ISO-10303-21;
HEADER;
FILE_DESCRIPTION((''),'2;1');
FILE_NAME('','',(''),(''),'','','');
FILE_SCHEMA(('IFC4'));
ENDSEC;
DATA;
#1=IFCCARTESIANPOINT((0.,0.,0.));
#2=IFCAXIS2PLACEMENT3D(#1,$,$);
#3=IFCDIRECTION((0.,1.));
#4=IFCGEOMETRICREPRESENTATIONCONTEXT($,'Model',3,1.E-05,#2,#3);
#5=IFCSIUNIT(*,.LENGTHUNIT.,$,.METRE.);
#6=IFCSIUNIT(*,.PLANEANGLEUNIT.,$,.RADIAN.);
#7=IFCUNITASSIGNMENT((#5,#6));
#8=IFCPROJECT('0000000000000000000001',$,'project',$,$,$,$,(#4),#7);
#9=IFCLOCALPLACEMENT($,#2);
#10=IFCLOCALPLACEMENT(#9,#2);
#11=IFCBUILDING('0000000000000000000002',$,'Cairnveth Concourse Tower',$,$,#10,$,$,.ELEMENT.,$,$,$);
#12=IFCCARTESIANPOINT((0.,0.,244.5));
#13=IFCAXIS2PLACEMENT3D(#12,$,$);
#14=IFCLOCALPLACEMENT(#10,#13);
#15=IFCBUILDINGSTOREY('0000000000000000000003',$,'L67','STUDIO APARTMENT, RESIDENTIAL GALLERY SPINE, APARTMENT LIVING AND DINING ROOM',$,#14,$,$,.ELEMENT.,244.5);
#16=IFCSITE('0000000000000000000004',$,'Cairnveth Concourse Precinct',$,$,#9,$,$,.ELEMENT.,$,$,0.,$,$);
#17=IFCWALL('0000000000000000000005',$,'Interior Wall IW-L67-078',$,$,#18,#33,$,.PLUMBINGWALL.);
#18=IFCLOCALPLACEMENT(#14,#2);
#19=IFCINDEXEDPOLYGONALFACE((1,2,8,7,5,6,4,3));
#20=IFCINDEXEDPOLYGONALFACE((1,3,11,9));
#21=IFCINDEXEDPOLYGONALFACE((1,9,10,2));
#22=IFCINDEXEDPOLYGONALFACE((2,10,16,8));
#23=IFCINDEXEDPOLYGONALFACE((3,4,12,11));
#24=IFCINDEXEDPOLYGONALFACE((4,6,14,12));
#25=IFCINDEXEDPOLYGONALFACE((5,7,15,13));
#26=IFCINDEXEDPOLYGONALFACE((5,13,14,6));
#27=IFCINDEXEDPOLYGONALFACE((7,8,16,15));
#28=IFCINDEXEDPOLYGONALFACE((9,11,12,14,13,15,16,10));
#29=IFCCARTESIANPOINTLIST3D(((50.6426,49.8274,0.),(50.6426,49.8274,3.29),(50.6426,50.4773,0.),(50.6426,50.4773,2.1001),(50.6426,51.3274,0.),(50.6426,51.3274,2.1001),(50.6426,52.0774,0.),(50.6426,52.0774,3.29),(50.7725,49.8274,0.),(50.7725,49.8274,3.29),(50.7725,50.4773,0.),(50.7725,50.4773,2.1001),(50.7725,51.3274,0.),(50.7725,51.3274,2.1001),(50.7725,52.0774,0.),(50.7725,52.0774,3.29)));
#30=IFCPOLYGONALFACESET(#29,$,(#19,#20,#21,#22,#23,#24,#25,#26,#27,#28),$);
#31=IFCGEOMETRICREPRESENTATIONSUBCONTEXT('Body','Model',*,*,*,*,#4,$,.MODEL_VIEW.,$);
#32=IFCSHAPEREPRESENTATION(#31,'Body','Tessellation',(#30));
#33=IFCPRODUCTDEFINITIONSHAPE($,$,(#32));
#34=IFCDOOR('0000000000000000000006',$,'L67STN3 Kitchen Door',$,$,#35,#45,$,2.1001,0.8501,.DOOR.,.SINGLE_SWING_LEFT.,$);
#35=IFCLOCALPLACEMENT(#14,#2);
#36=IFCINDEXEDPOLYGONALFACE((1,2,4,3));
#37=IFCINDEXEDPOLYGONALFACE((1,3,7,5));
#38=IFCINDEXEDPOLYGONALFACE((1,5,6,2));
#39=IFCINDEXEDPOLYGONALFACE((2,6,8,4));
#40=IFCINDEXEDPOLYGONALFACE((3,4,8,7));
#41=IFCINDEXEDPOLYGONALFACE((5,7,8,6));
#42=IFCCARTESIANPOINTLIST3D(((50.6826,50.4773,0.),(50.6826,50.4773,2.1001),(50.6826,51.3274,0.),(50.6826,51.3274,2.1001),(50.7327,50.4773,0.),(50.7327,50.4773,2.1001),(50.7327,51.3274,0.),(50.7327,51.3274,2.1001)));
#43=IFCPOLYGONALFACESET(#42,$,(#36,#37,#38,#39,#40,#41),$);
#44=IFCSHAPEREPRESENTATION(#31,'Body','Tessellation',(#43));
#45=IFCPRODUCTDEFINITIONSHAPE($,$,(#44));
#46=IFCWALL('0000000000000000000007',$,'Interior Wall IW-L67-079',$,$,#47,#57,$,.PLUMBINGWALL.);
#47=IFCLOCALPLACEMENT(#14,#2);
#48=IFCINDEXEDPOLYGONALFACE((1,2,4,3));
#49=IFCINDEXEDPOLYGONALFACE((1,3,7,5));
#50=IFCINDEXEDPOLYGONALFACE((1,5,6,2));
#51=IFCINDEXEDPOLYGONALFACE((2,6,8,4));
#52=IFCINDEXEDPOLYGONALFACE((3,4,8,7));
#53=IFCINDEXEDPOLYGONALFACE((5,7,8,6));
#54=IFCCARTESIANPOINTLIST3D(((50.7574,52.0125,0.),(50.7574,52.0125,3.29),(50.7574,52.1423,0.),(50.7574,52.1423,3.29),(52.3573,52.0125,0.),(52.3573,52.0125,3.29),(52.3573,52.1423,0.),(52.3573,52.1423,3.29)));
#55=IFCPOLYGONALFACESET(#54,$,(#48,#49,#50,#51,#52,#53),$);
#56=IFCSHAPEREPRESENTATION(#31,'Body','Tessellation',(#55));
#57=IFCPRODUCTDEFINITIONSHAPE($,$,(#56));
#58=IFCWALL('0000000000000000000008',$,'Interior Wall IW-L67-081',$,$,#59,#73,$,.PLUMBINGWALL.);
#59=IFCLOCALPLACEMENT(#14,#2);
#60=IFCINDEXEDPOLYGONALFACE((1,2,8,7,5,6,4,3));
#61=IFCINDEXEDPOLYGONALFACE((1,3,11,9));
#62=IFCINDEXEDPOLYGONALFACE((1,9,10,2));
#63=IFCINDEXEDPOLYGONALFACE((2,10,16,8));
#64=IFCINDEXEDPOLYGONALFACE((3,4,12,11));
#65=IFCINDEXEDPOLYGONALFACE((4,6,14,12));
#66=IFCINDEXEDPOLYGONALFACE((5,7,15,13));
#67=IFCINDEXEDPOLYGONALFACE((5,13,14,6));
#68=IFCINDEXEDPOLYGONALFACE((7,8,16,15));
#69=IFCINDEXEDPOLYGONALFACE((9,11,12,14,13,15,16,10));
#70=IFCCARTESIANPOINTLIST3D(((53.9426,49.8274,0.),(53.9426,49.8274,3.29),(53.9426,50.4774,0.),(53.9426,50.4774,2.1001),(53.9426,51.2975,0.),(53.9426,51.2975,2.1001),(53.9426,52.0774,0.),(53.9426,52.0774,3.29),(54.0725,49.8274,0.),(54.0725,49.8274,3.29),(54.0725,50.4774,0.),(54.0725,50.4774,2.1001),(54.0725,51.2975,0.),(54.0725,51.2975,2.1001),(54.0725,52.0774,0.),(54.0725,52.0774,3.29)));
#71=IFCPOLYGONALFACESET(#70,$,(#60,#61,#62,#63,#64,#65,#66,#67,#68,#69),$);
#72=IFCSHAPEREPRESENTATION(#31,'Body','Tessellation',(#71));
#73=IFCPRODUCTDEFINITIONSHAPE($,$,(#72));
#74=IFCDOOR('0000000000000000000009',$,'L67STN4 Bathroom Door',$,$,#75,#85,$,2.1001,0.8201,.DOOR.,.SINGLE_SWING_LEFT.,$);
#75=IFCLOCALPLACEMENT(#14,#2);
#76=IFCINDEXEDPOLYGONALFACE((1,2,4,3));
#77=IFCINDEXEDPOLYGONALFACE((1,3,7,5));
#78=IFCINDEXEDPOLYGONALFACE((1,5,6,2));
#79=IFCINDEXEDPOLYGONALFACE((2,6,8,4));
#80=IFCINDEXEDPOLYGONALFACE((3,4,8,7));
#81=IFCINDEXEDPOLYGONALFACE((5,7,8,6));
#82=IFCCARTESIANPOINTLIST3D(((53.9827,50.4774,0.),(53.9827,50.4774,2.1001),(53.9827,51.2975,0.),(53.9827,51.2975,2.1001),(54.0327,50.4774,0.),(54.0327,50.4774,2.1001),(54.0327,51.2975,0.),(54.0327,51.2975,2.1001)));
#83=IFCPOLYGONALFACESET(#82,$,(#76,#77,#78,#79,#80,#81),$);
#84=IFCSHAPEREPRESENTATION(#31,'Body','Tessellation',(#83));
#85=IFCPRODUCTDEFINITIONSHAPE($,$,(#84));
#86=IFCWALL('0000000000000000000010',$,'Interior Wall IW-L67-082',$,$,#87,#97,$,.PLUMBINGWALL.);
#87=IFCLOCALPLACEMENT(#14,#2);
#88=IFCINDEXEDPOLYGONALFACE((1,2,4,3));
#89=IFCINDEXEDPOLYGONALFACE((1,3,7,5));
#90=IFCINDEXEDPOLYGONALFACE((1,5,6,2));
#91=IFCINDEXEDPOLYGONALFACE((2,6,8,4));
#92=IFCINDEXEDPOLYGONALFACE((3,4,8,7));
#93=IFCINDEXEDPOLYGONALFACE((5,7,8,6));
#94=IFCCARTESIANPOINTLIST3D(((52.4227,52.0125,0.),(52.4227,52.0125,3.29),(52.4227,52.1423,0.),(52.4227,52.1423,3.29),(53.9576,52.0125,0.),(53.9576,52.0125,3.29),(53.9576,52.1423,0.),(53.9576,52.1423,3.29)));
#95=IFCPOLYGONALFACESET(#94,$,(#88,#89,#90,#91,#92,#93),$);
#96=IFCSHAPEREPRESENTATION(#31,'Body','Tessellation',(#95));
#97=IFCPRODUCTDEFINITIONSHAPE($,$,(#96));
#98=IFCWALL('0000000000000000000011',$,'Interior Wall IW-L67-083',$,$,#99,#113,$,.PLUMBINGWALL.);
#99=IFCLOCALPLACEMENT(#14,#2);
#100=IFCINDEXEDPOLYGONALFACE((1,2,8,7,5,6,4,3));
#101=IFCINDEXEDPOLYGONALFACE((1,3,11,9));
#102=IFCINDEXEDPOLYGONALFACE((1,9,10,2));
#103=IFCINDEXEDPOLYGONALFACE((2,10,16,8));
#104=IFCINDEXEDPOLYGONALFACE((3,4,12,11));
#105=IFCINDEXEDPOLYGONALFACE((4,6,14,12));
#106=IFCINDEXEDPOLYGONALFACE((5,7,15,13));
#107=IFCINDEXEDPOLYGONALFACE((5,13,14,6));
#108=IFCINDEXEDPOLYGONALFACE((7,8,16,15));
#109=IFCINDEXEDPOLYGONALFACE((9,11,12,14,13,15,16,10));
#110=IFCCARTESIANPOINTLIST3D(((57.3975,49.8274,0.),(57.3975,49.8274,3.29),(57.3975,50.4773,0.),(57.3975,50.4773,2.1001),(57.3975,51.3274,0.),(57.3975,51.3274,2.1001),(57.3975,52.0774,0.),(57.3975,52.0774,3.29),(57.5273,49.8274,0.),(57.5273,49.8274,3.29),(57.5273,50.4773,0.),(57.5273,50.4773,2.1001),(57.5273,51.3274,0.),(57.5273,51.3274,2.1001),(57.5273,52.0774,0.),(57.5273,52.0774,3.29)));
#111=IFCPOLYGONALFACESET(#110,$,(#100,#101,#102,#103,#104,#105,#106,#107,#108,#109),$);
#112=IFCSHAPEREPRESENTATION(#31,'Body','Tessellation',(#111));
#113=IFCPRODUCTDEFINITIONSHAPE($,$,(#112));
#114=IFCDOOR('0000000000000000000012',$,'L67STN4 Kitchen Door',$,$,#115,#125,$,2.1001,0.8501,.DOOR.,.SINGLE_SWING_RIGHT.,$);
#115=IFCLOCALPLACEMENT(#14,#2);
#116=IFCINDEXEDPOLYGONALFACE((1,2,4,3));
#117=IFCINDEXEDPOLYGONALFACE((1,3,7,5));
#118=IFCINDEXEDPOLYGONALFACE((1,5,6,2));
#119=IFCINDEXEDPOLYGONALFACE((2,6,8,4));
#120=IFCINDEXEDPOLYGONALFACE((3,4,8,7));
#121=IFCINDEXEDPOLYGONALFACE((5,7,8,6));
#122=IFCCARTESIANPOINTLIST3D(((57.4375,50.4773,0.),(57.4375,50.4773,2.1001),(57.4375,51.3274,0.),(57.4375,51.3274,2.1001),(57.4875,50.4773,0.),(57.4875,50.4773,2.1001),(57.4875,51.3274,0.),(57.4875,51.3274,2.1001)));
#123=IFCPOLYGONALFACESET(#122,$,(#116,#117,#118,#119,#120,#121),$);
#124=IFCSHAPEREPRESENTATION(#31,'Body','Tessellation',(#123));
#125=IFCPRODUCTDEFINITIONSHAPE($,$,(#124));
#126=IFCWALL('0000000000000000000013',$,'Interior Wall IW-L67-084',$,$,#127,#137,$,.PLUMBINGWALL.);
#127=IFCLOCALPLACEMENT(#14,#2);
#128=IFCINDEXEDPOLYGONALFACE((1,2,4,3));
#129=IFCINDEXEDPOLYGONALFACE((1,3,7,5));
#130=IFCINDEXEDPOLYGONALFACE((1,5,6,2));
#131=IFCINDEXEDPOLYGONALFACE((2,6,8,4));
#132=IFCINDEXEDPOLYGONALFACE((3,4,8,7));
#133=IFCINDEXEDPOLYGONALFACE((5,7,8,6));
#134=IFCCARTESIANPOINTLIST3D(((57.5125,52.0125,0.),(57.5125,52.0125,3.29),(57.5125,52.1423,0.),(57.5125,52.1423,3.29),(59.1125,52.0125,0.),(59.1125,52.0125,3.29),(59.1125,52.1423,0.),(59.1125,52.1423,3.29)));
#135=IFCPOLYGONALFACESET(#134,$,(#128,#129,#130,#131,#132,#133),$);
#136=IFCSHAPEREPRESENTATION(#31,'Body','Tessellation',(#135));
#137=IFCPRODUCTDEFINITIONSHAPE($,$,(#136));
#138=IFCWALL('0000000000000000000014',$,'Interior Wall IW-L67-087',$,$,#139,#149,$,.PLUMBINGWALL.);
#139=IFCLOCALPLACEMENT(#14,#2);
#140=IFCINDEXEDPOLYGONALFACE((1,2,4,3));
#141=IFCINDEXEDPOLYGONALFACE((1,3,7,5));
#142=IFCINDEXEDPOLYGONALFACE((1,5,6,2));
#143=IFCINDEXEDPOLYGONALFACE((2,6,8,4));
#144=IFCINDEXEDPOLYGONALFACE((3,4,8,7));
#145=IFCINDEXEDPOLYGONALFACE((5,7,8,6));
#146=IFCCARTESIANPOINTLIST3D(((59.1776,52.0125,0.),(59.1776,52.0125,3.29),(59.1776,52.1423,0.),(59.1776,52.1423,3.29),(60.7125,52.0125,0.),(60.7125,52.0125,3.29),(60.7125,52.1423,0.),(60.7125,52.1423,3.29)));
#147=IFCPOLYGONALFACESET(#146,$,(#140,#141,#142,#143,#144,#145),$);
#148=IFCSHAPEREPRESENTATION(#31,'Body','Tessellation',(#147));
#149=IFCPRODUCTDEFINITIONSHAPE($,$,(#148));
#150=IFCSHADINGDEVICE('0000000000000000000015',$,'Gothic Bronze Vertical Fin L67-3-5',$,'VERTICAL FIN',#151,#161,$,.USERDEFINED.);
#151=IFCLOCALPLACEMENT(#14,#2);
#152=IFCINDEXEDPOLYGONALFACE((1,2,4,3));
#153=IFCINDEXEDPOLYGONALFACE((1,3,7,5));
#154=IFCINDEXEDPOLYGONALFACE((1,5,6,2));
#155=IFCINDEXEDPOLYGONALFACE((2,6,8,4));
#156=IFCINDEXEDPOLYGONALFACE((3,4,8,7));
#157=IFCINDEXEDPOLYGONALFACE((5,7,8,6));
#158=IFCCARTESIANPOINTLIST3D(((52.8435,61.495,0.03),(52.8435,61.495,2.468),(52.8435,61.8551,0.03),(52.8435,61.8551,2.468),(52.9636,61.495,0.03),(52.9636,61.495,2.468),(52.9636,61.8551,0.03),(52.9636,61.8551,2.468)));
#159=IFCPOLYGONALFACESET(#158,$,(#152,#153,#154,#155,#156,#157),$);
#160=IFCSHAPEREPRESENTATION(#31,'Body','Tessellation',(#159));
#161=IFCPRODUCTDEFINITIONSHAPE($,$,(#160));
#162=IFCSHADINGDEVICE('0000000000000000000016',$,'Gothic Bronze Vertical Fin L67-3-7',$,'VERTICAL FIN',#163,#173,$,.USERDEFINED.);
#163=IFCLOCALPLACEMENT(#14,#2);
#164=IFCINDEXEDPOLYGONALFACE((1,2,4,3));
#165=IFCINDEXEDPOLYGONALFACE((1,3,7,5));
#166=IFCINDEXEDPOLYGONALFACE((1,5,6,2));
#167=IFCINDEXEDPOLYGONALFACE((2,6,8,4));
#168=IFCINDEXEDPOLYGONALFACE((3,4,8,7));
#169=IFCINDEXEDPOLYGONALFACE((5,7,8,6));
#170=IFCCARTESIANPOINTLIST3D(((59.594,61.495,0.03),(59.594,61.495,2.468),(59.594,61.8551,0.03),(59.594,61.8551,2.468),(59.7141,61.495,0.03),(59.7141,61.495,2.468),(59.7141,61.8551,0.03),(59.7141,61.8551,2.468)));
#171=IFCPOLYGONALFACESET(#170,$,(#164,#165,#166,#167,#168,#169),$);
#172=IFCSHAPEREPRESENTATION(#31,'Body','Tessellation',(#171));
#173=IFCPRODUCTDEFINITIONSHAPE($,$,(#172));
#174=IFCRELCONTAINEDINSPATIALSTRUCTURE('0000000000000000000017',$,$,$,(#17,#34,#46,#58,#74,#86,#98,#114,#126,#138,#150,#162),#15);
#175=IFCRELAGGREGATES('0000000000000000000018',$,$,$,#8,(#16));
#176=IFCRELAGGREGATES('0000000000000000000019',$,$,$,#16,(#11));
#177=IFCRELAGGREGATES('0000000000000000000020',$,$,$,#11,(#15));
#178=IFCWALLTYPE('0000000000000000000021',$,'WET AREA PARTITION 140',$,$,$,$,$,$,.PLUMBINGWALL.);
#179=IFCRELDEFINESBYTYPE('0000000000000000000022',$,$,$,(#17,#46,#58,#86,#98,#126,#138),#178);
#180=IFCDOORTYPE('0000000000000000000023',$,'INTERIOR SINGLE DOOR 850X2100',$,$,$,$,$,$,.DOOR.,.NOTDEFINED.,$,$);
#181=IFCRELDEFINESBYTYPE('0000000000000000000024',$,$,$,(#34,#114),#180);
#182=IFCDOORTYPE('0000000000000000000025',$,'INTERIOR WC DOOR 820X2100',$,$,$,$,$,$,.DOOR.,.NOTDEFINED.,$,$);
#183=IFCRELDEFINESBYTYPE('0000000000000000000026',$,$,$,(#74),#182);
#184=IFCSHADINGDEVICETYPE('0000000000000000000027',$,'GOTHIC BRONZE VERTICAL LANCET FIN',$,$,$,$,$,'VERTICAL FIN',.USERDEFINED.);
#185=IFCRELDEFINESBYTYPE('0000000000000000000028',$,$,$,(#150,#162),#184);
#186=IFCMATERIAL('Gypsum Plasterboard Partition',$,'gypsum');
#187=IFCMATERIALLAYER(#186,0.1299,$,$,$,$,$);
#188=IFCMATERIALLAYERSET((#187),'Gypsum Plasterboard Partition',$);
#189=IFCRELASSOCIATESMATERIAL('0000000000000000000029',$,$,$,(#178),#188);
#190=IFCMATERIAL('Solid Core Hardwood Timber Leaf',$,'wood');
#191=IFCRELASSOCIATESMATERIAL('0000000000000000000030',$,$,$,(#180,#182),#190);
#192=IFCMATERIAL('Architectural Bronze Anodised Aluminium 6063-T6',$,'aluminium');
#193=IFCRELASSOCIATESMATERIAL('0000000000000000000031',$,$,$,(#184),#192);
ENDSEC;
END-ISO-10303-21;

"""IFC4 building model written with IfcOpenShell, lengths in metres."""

from ifc_helpers import new_model, si_unit, direction, frame, frame_2d, origin, origin_2d, place, context, subcontext, project, spatial, rectangle, extrude, material, layer, layer_set, type_object, element, fill, save


model = new_model("IFC4")

# Units and contexts
model_context = context("Model", 3, precision=1e-05, world=origin(), true_north=direction((0.0, 1.0)))
body_context = subcontext(model_context, "Body", "Model", "MODEL_VIEW")
ifc_project = project(units=[si_unit("LENGTHUNIT", "METRE"), si_unit("PLANEANGLEUNIT", "RADIAN")], contexts=[model_context])

# Site, building, storey
site_placement = place(None, origin())
site = spatial("IfcSite", under=ifc_project, at=site_placement, Name="Cairnveth Concourse Precinct", CompositionType="ELEMENT", RefElevation=0.0)
building_placement = place(site_placement, origin())
building = spatial("IfcBuilding", under=site, at=building_placement, Name="Cairnveth Concourse Tower", CompositionType="ELEMENT")
storey_placement = place(building_placement, frame((0.0, 0.0, 244.5)))
storey = spatial("IfcBuildingStorey", under=building, at=storey_placement, Name="L67", Description="STUDIO APARTMENT, RESIDENTIAL GALLERY SPINE, APARTMENT LIVING AND DINING ROOM", CompositionType="ELEMENT", Elevation=244.5)

# Shared definitions
ifc_material_1 = material(Name="Gypsum Plasterboard Partition", Category="gypsum")

# Wall, opening, door
ifc_layer_1 = layer(ifc_material_1, 0.1299)
ifc_layer_set_1 = layer_set([ifc_layer_1], Name="Gypsum Plasterboard Partition")
wall_type_1 = type_object("IfcWallType", Name="WET AREA PARTITION 140", PredefinedType="PLUMBINGWALL", material=ifc_layer_set_1)
wall_1_placement = place(storey_placement, frame((50.7075, 49.8274, 0.0), z_axis=(0.0, 0.0, 1.0), x_axis=(0.0, 1.0, 0.0)))
wall_1 = element("IfcWall", 1, at=wall_1_placement, inside=storey, type_object=wall_type_1, Name="Interior Wall IW-L67-078", PredefinedType="PLUMBINGWALL", context=body_context, shape_type="SweptSolid", body=[
    extrude(rectangle(XDim=2.25, YDim=0.1299, at=frame_2d((1.125, 0.0))), origin(), (0.0, 0.0, 1.0), 3.29),
])
opening_1_placement = place(wall_1_placement, frame((0.6499, 0.0, 0.0)))
opening_1 = element("IfcOpeningElement", 2, at=opening_1_placement, cuts=wall_1, PredefinedType="OPENING", context=body_context, shape_type="SweptSolid", body=[
    extrude(rectangle(XDim=0.8501, YDim=2.1001, at=frame_2d((0.425, 1.05))), frame((0.0, 0.075, 0.0), z_axis=(0.0, -1.0, 0.0), x_axis=(1.0, 0.0, 0.0)), (0.0, 0.0, 1.0), 0.1499),
])
ifc_material_2 = material(Name="Solid Core Hardwood Timber Leaf", Category="wood")
door_type_1 = type_object("IfcDoorType", Name="INTERIOR SINGLE DOOR 850X2100", OperationType="NOTDEFINED", PredefinedType="DOOR", material=ifc_material_2)
door_1_placement = place(opening_1_placement, origin())
door_1 = element("IfcDoor", 3, at=door_1_placement, inside=storey, type_object=door_type_1, Name="L67STN3 Kitchen Door", OperationType="SINGLE_SWING_LEFT", OverallHeight=2.1001, OverallWidth=0.8501, PredefinedType="DOOR", context=body_context, shape_type="SweptSolid", body=[
    extrude(rectangle(XDim=0.8501, YDim=2.1001, at=frame_2d((0.425, 1.05))), frame((0.0, 0.0249, 0.0), z_axis=(0.0, -1.0, 0.0), x_axis=(1.0, 0.0, 0.0)), (0.0, 0.0, 1.0), 0.05),
])
fill(opening_1, door_1)

# Wall
wall_2_placement = place(storey_placement, frame((50.7576, 52.0774, 0.0), z_axis=(0.0, 0.0, 1.0), x_axis=(1.0, 0.0, 0.0)))
element("IfcWall", 4, at=wall_2_placement, inside=storey, type_object=wall_type_1, Name="Interior Wall IW-L67-079", PredefinedType="PLUMBINGWALL", context=body_context, shape_type="SweptSolid", body=[
    extrude(rectangle(XDim=1.5999, YDim=0.1299, at=frame_2d((0.7998, 0.0))), origin(), (0.0, 0.0, 1.0), 3.29),
])

# Wall, opening, door
wall_3_placement = place(storey_placement, frame((54.0076, 49.8274, 0.0), z_axis=(0.0, 0.0, 1.0), x_axis=(0.0, 1.0, 0.0)))
wall_3 = element("IfcWall", 5, at=wall_3_placement, inside=storey, type_object=wall_type_1, Name="Interior Wall IW-L67-081", PredefinedType="PLUMBINGWALL", context=body_context, shape_type="SweptSolid", body=[
    extrude(rectangle(XDim=2.25, YDim=0.1299, at=frame_2d((1.125, 0.0))), origin(), (0.0, 0.0, 1.0), 3.29),
])
opening_2_placement = place(wall_3_placement, frame((0.6499, 0.0, 0.0)))
opening_2 = element("IfcOpeningElement", 6, at=opening_2_placement, cuts=wall_3, PredefinedType="OPENING", context=body_context, shape_type="SweptSolid", body=[
    extrude(rectangle(XDim=0.8201, YDim=2.1001, at=frame_2d((0.4102, 1.05))), frame((0.0, 0.075, 0.0), z_axis=(0.0, -1.0, 0.0), x_axis=(1.0, 0.0, 0.0)), (0.0, 0.0, 1.0), 0.1499),
])
door_type_2 = type_object("IfcDoorType", Name="INTERIOR WC DOOR 820X2100", OperationType="NOTDEFINED", PredefinedType="DOOR", material=ifc_material_2)
door_2_placement = place(opening_2_placement, origin())
door_2 = element("IfcDoor", 7, at=door_2_placement, inside=storey, type_object=door_type_2, Name="L67STN4 Bathroom Door", OperationType="SINGLE_SWING_LEFT", OverallHeight=2.1001, OverallWidth=0.8201, PredefinedType="DOOR", context=body_context, shape_type="SweptSolid", body=[
    extrude(rectangle(XDim=0.8201, YDim=2.1001, at=frame_2d((0.4102, 1.05))), frame((0.0, 0.0249, 0.0), z_axis=(0.0, -1.0, 0.0), x_axis=(1.0, 0.0, 0.0)), (0.0, 0.0, 1.0), 0.05),
])
fill(opening_2, door_2)

# Wall
wall_4_placement = place(storey_placement, frame((52.4226, 52.0774, 0.0), z_axis=(0.0, 0.0, 1.0), x_axis=(1.0, 0.0, 0.0)))
element("IfcWall", 8, at=wall_4_placement, inside=storey, type_object=wall_type_1, Name="Interior Wall IW-L67-082", PredefinedType="PLUMBINGWALL", context=body_context, shape_type="SweptSolid", body=[
    extrude(rectangle(XDim=1.5349, YDim=0.1299, at=frame_2d((0.7676, 0.0))), origin(), (0.0, 0.0, 1.0), 3.29),
])

# Wall, opening, door
wall_5_placement = place(storey_placement, frame((57.4624, 49.8274, 0.0), z_axis=(0.0, 0.0, 1.0), x_axis=(0.0, 1.0, 0.0)))
wall_5 = element("IfcWall", 9, at=wall_5_placement, inside=storey, type_object=wall_type_1, Name="Interior Wall IW-L67-083", PredefinedType="PLUMBINGWALL", context=body_context, shape_type="SweptSolid", body=[
    extrude(rectangle(XDim=2.25, YDim=0.1299, at=frame_2d((1.125, 0.0))), origin(), (0.0, 0.0, 1.0), 3.29),
])
opening_3_placement = place(wall_5_placement, frame((0.6499, 0.0, 0.0)))
opening_3 = element("IfcOpeningElement", 10, at=opening_3_placement, cuts=wall_5, PredefinedType="OPENING", context=body_context, shape_type="SweptSolid", body=[
    extrude(rectangle(XDim=0.8501, YDim=2.1001, at=frame_2d((0.425, 1.05))), frame((0.0, 0.075, 0.0), z_axis=(0.0, -1.0, 0.0), x_axis=(1.0, 0.0, 0.0)), (0.0, 0.0, 1.0), 0.1499),
])
door_3_placement = place(opening_3_placement, origin())
door_3 = element("IfcDoor", 11, at=door_3_placement, inside=storey, type_object=door_type_1, Name="L67STN4 Kitchen Door", OperationType="SINGLE_SWING_RIGHT", OverallHeight=2.1001, OverallWidth=0.8501, PredefinedType="DOOR", context=body_context, shape_type="SweptSolid", body=[
    extrude(rectangle(XDim=0.8501, YDim=2.1001, at=frame_2d((0.425, 1.05))), frame((0.0, 0.0249, 0.0), z_axis=(0.0, -1.0, 0.0), x_axis=(1.0, 0.0, 0.0)), (0.0, 0.0, 1.0), 0.05),
])
fill(opening_3, door_3)

# Walls
wall_6_placement = place(storey_placement, frame((57.5125, 52.0774, 0.0), z_axis=(0.0, 0.0, 1.0), x_axis=(1.0, 0.0, 0.0)))
element("IfcWall", 12, at=wall_6_placement, inside=storey, type_object=wall_type_1, Name="Interior Wall IW-L67-084", PredefinedType="PLUMBINGWALL", context=body_context, shape_type="SweptSolid", body=[
    extrude(rectangle(XDim=1.6001, YDim=0.1299, at=frame_2d((0.8, 0.0))), origin(), (0.0, 0.0, 1.0), 3.29),
])
wall_7_placement = place(storey_placement, frame((59.1775, 52.0774, 0.0), z_axis=(0.0, 0.0, 1.0), x_axis=(1.0, 0.0, 0.0)))
element("IfcWall", 13, at=wall_7_placement, inside=storey, type_object=wall_type_1, Name="Interior Wall IW-L67-087", PredefinedType="PLUMBINGWALL", context=body_context, shape_type="SweptSolid", body=[
    extrude(rectangle(XDim=1.5349, YDim=0.1299, at=frame_2d((0.7676, 0.0))), origin(), (0.0, 0.0, 1.0), 3.29),
])

# Shading devices
ifc_material_3 = material(Name="Architectural Bronze Anodised Aluminium 6063-T6", Category="aluminium")
shading_device_type = type_object("IfcShadingDeviceType", Name="GOTHIC BRONZE VERTICAL LANCET FIN", ElementType="VERTICAL FIN", PredefinedType="USERDEFINED", material=ifc_material_3)
for number, where, z_axis, x_axis, name in (
    (14, (52.9036, 61.675, 0.03), (0.0, 0.0, 1.0), (1.0, 0.0, 0.0), "Gothic Bronze Vertical Fin L67-3-5"),
    (15, (59.6541, 61.675, 0.03), (0.0, 0.0, 1.0), (1.0, 0.0, 0.0), "Gothic Bronze Vertical Fin L67-3-7"),
):
    element("IfcShadingDevice", number, at=place(storey_placement, frame(where, z_axis=z_axis, x_axis=x_axis)), inside=storey, type_object=shading_device_type, Name=name, ObjectType="VERTICAL FIN", PredefinedType="USERDEFINED", context=body_context, shape_type="SweptSolid", body=[
        extrude(rectangle(XDim=0.1201, YDim=0.3601, at=origin_2d()), origin(), (0.0, 0.0, 1.0), 2.438),
    ])

save(model, "model.ifc")
